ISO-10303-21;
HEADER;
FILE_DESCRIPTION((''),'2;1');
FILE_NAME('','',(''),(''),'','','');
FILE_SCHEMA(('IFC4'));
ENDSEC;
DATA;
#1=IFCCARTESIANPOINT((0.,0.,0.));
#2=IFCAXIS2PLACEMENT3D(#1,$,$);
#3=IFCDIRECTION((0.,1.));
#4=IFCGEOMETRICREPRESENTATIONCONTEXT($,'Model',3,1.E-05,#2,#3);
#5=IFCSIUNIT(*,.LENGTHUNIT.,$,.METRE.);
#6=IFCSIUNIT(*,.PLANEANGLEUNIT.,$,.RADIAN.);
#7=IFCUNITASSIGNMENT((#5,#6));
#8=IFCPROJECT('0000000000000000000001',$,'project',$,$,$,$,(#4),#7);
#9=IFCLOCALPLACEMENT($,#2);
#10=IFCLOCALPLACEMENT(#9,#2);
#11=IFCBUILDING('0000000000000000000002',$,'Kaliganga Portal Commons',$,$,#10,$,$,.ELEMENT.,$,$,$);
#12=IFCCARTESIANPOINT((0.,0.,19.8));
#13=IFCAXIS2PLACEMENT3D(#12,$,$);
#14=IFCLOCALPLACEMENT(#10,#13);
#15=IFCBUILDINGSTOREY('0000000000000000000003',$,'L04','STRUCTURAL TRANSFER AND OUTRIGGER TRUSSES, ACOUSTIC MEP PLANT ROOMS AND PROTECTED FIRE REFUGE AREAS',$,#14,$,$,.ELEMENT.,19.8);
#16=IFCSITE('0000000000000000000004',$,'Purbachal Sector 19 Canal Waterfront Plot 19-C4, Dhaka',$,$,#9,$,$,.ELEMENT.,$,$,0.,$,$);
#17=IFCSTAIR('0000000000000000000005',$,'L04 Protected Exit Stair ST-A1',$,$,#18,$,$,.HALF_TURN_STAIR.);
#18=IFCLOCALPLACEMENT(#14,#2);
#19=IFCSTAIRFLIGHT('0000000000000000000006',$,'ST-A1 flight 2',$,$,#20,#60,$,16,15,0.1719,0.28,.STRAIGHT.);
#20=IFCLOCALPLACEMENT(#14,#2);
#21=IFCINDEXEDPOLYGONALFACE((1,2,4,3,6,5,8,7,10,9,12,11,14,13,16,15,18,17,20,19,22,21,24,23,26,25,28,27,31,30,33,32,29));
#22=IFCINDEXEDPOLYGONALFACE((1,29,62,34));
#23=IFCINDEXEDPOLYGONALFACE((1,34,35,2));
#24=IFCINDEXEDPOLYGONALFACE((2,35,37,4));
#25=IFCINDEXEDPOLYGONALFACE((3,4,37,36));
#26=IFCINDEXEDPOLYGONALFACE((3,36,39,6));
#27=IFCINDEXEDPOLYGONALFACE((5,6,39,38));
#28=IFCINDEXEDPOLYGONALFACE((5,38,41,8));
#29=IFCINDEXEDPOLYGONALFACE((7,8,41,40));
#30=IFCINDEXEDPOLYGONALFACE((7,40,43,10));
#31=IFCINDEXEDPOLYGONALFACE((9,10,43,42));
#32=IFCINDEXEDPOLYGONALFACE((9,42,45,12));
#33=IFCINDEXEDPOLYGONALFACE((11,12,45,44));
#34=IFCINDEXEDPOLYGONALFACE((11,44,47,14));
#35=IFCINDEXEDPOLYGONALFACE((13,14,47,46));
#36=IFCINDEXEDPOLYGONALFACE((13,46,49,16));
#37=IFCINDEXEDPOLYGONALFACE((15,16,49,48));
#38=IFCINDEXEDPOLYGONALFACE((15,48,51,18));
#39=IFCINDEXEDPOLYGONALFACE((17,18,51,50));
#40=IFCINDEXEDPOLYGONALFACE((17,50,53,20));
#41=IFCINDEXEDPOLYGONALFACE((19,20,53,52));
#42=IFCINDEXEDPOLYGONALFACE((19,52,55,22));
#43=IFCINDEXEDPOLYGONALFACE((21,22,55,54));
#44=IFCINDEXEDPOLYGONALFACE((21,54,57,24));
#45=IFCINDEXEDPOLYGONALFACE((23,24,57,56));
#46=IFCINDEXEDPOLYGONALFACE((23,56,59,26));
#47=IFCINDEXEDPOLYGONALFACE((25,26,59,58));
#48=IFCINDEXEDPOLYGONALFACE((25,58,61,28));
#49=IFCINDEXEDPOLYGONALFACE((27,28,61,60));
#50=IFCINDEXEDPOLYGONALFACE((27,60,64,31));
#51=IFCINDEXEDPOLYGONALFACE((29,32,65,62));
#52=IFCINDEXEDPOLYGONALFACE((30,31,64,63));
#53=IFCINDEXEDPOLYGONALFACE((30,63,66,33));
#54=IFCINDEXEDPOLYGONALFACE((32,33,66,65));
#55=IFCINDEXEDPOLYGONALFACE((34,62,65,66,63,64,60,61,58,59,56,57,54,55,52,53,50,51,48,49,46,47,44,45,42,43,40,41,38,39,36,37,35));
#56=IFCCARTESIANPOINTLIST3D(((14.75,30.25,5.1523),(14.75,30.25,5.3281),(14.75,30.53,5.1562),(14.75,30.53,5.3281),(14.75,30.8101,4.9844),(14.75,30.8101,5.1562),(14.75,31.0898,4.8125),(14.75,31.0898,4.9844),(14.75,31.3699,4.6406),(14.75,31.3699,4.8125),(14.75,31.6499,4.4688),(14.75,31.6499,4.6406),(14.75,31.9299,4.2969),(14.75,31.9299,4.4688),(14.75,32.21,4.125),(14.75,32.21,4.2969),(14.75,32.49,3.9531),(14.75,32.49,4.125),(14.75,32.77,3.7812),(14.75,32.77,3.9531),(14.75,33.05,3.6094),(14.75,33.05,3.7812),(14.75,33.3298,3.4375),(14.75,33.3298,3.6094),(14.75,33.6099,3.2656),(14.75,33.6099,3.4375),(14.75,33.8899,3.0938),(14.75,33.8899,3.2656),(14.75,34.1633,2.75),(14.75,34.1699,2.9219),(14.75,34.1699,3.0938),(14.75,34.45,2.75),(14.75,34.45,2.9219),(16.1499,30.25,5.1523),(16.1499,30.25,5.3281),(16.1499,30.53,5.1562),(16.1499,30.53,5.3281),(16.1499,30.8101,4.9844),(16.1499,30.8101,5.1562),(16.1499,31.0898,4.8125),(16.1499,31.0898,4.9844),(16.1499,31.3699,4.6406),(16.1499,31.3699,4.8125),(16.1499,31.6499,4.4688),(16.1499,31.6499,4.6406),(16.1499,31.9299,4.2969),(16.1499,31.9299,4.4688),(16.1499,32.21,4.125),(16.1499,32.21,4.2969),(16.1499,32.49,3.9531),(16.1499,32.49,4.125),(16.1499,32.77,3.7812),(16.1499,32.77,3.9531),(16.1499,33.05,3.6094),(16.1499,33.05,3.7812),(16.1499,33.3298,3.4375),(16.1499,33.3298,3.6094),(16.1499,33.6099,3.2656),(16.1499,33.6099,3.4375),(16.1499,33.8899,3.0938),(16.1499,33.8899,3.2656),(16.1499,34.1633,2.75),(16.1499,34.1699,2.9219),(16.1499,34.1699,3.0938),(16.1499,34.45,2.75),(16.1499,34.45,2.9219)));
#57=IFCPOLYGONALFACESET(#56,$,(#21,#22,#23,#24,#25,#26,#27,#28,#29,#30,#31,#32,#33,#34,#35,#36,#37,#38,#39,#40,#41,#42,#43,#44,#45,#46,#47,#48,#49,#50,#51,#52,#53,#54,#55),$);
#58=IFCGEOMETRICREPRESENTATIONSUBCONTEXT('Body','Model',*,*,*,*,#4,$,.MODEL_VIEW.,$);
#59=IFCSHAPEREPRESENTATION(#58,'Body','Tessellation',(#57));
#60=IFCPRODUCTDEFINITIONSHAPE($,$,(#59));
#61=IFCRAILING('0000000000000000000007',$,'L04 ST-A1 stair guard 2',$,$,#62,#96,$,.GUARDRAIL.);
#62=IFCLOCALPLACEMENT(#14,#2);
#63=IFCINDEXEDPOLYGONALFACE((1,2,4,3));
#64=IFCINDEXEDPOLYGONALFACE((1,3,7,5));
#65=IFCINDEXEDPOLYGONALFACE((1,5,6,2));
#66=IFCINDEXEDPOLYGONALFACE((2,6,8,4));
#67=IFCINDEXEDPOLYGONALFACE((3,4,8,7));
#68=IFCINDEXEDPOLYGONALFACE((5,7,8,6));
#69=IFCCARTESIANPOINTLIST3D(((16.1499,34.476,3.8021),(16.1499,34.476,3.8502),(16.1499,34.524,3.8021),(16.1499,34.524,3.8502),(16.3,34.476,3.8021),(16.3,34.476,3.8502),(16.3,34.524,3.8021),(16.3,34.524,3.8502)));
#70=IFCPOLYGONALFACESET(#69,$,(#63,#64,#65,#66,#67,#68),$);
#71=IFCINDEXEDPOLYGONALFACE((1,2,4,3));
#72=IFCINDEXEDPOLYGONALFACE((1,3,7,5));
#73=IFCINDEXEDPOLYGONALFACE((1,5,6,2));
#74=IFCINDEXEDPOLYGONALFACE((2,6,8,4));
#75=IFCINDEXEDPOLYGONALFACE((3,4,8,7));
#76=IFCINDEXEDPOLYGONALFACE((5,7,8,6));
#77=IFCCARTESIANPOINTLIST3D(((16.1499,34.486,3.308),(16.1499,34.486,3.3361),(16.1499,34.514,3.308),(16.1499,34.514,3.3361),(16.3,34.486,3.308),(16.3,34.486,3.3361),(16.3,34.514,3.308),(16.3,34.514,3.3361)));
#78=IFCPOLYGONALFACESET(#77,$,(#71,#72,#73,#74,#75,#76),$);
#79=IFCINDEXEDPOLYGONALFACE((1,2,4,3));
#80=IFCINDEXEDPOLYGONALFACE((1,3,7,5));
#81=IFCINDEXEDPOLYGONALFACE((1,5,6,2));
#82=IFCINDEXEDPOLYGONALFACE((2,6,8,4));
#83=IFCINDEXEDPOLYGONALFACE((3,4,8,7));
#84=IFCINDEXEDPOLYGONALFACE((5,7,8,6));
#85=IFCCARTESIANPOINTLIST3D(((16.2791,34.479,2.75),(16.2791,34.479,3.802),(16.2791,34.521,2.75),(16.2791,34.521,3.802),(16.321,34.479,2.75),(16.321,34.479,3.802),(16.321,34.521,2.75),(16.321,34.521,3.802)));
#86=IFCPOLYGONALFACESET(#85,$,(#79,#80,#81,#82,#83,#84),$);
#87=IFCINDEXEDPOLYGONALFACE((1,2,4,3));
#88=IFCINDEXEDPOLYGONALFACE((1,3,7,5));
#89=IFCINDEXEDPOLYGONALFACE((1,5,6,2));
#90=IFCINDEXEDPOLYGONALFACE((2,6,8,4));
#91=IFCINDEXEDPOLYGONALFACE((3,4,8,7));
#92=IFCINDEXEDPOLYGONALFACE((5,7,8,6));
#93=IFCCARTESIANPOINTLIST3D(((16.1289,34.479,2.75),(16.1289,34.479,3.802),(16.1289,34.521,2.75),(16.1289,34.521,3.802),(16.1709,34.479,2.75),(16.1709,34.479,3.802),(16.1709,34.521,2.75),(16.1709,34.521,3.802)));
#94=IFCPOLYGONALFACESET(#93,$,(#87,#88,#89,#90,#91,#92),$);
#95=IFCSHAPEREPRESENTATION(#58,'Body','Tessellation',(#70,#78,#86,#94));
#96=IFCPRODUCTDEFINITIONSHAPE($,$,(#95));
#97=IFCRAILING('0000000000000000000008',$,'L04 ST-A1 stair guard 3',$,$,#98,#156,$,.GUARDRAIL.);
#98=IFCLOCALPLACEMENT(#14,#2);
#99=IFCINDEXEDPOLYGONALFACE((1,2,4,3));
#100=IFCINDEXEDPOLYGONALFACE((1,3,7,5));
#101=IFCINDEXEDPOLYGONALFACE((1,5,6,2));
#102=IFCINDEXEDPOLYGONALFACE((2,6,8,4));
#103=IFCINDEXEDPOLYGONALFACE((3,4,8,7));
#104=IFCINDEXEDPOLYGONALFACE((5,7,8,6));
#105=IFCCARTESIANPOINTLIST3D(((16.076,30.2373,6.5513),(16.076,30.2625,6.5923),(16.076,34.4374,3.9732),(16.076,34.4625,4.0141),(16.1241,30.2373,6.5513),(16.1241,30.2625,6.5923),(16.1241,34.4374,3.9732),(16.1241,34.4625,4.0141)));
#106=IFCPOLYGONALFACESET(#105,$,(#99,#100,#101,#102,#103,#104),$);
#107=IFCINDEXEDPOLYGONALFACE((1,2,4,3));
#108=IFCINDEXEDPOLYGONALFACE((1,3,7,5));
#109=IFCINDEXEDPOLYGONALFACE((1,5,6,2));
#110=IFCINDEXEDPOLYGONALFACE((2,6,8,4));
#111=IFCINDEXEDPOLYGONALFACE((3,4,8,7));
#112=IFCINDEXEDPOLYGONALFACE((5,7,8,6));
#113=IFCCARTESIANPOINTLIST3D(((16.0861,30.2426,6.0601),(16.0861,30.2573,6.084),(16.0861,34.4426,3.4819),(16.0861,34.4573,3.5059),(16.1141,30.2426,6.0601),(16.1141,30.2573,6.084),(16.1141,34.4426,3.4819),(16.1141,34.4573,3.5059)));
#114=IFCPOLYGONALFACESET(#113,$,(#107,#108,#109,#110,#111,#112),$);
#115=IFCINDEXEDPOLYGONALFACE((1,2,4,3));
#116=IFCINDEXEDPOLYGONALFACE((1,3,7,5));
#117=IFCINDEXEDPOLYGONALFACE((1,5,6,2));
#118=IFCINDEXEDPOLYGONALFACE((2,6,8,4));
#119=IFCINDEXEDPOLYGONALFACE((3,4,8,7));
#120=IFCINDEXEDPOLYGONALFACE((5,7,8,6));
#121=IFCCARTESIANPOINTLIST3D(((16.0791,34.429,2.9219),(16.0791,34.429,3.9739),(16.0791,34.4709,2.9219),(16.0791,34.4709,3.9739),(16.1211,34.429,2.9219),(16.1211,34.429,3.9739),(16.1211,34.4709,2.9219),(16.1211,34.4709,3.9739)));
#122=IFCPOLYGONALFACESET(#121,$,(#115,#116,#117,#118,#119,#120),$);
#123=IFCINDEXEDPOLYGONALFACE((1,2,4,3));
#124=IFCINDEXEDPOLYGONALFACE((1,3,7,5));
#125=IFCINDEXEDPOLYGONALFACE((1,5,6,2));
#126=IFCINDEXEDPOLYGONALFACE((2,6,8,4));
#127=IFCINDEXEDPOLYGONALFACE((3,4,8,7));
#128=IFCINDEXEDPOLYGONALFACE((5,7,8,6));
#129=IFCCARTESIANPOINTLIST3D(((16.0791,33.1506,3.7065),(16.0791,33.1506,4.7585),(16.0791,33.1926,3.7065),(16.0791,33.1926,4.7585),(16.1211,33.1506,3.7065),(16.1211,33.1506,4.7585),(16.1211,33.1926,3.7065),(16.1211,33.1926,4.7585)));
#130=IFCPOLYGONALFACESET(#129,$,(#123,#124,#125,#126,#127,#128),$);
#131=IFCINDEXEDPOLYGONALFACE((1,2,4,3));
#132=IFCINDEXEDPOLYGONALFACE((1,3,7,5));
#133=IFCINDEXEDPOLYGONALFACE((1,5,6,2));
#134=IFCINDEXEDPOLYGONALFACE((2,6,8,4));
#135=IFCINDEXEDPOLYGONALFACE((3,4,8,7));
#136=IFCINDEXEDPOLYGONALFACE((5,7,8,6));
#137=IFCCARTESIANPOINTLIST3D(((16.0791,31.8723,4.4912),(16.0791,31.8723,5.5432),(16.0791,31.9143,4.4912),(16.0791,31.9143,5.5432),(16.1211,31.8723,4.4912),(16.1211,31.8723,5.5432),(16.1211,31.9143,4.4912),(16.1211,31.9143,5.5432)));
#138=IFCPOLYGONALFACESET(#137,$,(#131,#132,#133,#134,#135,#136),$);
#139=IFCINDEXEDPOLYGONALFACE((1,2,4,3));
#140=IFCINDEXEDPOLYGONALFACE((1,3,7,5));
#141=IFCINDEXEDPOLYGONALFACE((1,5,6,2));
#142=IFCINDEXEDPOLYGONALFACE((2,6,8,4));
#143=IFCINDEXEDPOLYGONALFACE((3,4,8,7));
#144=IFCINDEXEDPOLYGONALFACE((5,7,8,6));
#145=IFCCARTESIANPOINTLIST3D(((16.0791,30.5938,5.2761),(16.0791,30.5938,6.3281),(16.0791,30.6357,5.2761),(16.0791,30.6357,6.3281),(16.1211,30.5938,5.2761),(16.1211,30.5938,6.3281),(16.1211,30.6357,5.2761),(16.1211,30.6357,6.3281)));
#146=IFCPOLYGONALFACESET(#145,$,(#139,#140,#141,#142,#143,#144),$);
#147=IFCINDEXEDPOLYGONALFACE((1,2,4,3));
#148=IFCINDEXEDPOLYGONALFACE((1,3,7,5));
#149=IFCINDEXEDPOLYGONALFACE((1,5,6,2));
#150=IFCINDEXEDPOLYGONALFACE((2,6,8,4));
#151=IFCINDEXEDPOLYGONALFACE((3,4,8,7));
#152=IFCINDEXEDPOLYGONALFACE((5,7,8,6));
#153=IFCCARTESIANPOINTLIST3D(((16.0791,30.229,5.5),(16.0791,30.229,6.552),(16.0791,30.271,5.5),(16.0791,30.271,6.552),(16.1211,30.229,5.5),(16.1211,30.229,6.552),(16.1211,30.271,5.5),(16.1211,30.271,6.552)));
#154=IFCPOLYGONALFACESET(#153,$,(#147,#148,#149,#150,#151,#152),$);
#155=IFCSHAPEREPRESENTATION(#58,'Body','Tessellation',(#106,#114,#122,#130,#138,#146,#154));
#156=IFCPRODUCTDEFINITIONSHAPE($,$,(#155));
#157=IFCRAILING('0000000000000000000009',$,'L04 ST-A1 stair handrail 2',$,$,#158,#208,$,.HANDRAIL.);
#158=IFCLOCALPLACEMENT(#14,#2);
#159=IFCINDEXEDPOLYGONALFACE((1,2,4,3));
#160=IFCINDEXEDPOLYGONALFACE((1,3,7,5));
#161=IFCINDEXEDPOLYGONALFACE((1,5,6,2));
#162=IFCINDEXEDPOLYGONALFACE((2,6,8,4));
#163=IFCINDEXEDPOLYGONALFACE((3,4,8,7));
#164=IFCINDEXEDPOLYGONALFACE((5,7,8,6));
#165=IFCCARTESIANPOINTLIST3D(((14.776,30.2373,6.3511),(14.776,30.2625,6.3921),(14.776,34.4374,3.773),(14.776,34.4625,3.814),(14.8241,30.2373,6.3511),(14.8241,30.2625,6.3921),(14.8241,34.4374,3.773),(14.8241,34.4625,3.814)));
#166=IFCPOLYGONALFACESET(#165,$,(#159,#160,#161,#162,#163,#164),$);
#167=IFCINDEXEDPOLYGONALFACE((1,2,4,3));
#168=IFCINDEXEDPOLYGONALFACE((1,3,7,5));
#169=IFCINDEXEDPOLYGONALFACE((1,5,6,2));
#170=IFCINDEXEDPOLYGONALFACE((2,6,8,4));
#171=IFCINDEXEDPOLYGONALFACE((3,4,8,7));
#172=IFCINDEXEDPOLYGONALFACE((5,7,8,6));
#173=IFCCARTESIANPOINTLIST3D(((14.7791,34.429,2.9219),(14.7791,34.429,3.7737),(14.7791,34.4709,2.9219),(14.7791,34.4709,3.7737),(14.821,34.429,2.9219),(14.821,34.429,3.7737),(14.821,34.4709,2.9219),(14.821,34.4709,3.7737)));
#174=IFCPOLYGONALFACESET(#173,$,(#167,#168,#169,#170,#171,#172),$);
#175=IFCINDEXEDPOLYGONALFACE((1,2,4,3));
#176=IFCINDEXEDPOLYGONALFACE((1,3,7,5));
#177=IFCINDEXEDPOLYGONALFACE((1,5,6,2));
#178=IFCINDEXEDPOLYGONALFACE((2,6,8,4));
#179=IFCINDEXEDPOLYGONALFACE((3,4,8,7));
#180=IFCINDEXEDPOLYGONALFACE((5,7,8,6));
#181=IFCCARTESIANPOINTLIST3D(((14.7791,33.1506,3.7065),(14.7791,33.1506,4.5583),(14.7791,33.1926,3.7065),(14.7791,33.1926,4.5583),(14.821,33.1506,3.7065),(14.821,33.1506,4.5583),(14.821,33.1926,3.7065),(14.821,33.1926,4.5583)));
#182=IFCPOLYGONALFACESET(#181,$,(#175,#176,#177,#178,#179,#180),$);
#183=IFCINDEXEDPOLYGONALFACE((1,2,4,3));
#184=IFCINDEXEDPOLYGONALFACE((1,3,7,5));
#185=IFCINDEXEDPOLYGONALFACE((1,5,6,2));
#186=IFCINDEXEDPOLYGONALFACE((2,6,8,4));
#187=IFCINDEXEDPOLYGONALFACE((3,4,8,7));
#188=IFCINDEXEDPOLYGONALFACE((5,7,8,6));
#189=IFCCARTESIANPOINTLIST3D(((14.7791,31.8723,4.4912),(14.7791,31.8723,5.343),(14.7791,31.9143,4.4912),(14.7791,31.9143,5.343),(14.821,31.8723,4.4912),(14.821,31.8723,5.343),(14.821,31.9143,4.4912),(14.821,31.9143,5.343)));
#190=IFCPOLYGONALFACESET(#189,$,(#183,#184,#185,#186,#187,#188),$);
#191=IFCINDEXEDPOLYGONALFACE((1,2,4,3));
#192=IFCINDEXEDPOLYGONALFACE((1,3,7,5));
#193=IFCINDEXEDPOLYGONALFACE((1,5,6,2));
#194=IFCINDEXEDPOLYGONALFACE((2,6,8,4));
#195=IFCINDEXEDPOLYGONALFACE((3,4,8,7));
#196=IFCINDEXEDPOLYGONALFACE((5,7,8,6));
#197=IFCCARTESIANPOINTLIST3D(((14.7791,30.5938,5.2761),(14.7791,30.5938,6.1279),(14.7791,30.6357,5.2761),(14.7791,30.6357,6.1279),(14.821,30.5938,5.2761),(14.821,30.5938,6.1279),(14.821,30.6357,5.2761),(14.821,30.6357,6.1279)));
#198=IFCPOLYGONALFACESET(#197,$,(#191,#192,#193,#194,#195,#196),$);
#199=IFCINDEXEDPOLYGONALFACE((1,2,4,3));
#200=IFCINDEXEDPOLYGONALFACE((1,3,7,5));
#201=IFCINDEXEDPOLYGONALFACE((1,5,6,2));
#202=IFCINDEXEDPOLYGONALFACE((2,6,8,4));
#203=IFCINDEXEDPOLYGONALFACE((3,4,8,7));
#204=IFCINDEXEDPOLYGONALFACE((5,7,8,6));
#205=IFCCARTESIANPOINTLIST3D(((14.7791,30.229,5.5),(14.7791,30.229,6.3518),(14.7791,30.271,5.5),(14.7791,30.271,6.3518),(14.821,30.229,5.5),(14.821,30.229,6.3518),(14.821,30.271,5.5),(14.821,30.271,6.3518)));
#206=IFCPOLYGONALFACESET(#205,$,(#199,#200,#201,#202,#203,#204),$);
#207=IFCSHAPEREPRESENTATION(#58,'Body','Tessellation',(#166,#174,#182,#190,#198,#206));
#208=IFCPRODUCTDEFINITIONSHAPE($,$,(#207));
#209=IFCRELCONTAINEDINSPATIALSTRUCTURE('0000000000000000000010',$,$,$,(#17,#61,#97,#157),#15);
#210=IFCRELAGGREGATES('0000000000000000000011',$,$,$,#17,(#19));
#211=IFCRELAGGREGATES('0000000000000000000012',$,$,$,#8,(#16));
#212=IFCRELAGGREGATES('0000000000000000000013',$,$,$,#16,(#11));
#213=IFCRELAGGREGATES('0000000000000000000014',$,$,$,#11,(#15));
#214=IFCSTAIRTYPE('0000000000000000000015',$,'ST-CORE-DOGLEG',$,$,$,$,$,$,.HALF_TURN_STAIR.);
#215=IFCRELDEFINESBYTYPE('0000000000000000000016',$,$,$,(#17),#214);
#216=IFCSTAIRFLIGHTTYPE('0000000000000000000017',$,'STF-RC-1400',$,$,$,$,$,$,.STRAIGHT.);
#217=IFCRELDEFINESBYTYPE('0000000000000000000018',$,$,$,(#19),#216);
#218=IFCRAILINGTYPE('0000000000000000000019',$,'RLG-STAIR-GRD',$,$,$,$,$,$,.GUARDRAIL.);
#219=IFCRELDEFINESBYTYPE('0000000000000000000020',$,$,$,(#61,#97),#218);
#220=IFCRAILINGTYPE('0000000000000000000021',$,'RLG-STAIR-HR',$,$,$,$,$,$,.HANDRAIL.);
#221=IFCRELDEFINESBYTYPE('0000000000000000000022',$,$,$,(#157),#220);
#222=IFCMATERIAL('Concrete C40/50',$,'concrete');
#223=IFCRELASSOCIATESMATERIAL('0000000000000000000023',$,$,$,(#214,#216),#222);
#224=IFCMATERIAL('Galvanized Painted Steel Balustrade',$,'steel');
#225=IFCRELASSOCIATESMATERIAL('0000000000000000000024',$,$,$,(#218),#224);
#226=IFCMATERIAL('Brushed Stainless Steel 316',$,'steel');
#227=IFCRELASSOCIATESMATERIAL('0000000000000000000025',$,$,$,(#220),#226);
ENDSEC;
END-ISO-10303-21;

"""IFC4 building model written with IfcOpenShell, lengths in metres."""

from ifc_helpers import new_model, si_unit, direction, frame, origin, origin_2d, place, context, subcontext, project, spatial, polyline, rectangle, outline, extrude, material, type_object, element, aggregate, save


model = new_model("IFC4")

# Units and contexts
model_context = context("Model", 3, precision=1e-05, world=origin(), true_north=direction((0.0, 1.0)))
body_context = subcontext(model_context, "Body", "Model", "MODEL_VIEW")
ifc_project = project(units=[si_unit("LENGTHUNIT", "METRE"), si_unit("PLANEANGLEUNIT", "RADIAN")], contexts=[model_context])

# Site, building, storey
site_placement = place(None, origin())
site = spatial("IfcSite", under=ifc_project, at=site_placement, Name="Purbachal Sector 19 Canal Waterfront Plot 19-C4, Dhaka", CompositionType="ELEMENT", RefElevation=0.0)
building_placement = place(site_placement, origin())
building = spatial("IfcBuilding", under=site, at=building_placement, Name="Kaliganga Portal Commons", CompositionType="ELEMENT")
storey_placement = place(building_placement, frame((0.0, 0.0, 19.8)))
storey = spatial("IfcBuildingStorey", under=building, at=storey_placement, Name="L04", Description="STRUCTURAL TRANSFER AND OUTRIGGER TRUSSES, ACOUSTIC MEP PLANT ROOMS AND PROTECTED FIRE REFUGE AREAS", CompositionType="ELEMENT", Elevation=19.8)

# Stair, stair flight
ifc_material_1 = material(Name="Concrete C40/50", Category="concrete")
stair_type = type_object("IfcStairType", Name="ST-CORE-DOGLEG", PredefinedType="HALF_TURN_STAIR", material=ifc_material_1)
stair_placement = place(storey_placement, origin())
stair = element("IfcStair", 1, at=stair_placement, inside=storey, type_object=stair_type, Name="L04 Protected Exit Stair ST-A1", PredefinedType="HALF_TURN_STAIR")
stair_flight_type = type_object("IfcStairFlightType", Name="STF-RC-1400", PredefinedType="STRAIGHT", material=ifc_material_1)
stair_flight_placement = place(storey_placement, frame((15.45, 34.45, 2.75), z_axis=(0.0, 0.0, 1.0), x_axis=(0.0, -1.0, 0.0)))
stair_flight = element("IfcStairFlight", 2, at=stair_flight_placement, type_object=stair_flight_type, Name="ST-A1 flight 2", NumberOfRisers=16, NumberOfTreads=15, PredefinedType="STRAIGHT", RiserHeight=0.1719, TreadLength=0.28, context=body_context, shape_type="SweptSolid", body=[
    extrude(outline(polyline([(0.0, 0.0), (0.0, 0.1719), (0.28, 0.1719), (0.28, 0.3438), (0.5601, 0.3438), (0.5601, 0.5156), (0.8401, 0.5156), (0.8401, 0.6875), (1.1201, 0.6875), (1.1201, 0.8594), (1.3999, 0.8594), (1.3999, 1.0312), (1.6799, 1.0312), (1.6799, 1.2031), (1.96, 1.2031), (1.96, 1.375), (2.24, 1.375), (2.24, 1.5469), (2.52, 1.5469), (2.52, 1.7188), (2.8, 1.7188), (2.8, 1.8906), (3.0801, 1.8906), (3.0801, 2.0625), (3.3601, 2.0625), (3.3601, 2.2344), (3.6399, 2.2344), (3.6399, 2.4062), (3.9199, 2.4062), (3.9199, 2.5781), (4.2, 2.5781), (4.2, 2.75), (4.2, 2.4023), (0.2866, 0.0), (0.0, 0.0)])), frame((0.0, 0.7, 0.0), z_axis=(0.0, -1.0, 0.0), x_axis=(1.0, 0.0, 0.0)), (0.0, 0.0, 1.0), 1.3999),
])
aggregate(stair, [stair_flight])

# Railings
ifc_material_2 = material(Name="Galvanized Painted Steel Balustrade", Category="steel")
railing_type_1 = type_object("IfcRailingType", Name="RLG-STAIR-GRD", PredefinedType="GUARDRAIL", material=ifc_material_2)
railing_1_placement = place(storey_placement, frame((16.3, 34.5, 2.75)))
element("IfcRailing", 3, at=railing_1_placement, inside=storey, type_object=railing_type_1, Name="L04 ST-A1 stair guard 2", PredefinedType="GUARDRAIL", context=body_context, shape_type="SweptSolid", body=[
    extrude(rectangle(XDim=0.0481, YDim=0.0481, at=origin_2d()), frame((0.0, 0.0, 1.0762), z_axis=(-1.0, 0.0, 0.0), x_axis=(0.0, -1.0, 0.0)), (0.0, 0.0, 1.0), 0.1501),
    extrude(rectangle(XDim=0.0281, YDim=0.0281, at=origin_2d()), frame((0.0, 0.0, 0.572), z_axis=(-1.0, 0.0, 0.0), x_axis=(0.0, -1.0, 0.0)), (0.0, 0.0, 1.0), 0.1501),
    extrude(rectangle(XDim=0.042, YDim=0.042, at=origin_2d()), origin(), (0.0, 0.0, 1.0), 1.052),
    extrude(rectangle(XDim=0.042, YDim=0.042, at=origin_2d()), frame((-0.1501, 0.0, 0.0)), (0.0, 0.0, 1.0), 1.052),
])
railing_2_placement = place(storey_placement, frame((16.1001, 34.45, 2.9219)))
element("IfcRailing", 4, at=railing_2_placement, inside=storey, type_object=railing_type_1, Name="L04 ST-A1 stair guard 3", PredefinedType="GUARDRAIL", context=body_context, shape_type="SweptSolid", body=[
    extrude(rectangle(XDim=0.0481, YDim=0.0481, at=origin_2d()), frame((0.0, 0.0, 1.0718), z_axis=(0.0, -0.852243, 0.523146), x_axis=(1.0, 0.0, 0.0)), (0.0, 0.0, 1.0), 4.9282),
    extrude(rectangle(XDim=0.0281, YDim=0.0281, at=origin_2d()), frame((0.0, 0.0, 0.572), z_axis=(0.0, -0.852243, 0.523146), x_axis=(1.0, 0.0, 0.0)), (0.0, 0.0, 1.0), 4.9282),
    extrude(rectangle(XDim=0.042, YDim=0.042, at=origin_2d()), origin(), (0.0, 0.0, 1.0), 1.052),
    extrude(rectangle(XDim=0.042, YDim=0.042, at=origin_2d()), frame((0.0, -1.2783, 0.7847)), (0.0, 0.0, 1.0), 1.052),
    extrude(rectangle(XDim=0.042, YDim=0.042, at=origin_2d()), frame((0.0, -2.5566, 1.5693)), (0.0, 0.0, 1.0), 1.052),
    extrude(rectangle(XDim=0.042, YDim=0.042, at=origin_2d()), frame((0.0, -3.8352, 2.3542)), (0.0, 0.0, 1.0), 1.052),
    extrude(rectangle(XDim=0.042, YDim=0.042, at=origin_2d()), frame((0.0, -4.2, 2.5781)), (0.0, 0.0, 1.0), 1.052),
])
ifc_material_3 = material(Name="Brushed Stainless Steel 316", Category="steel")
railing_type_2 = type_object("IfcRailingType", Name="RLG-STAIR-HR", PredefinedType="HANDRAIL", material=ifc_material_3)
railing_3_placement = place(storey_placement, frame((14.8, 34.45, 2.9219)))
element("IfcRailing", 5, at=railing_3_placement, inside=storey, type_object=railing_type_2, Name="L04 ST-A1 stair handrail 2", PredefinedType="HANDRAIL", context=body_context, shape_type="SweptSolid", body=[
    extrude(rectangle(XDim=0.0481, YDim=0.0481, at=origin_2d()), frame((0.0, 0.0, 0.8716), z_axis=(0.0, -0.852243, 0.523146), x_axis=(1.0, 0.0, 0.0)), (0.0, 0.0, 1.0), 4.9282),
    extrude(rectangle(XDim=0.042, YDim=0.042, at=origin_2d()), origin(), (0.0, 0.0, 1.0), 0.8518),
    extrude(rectangle(XDim=0.042, YDim=0.042, at=origin_2d()), frame((0.0, -1.2783, 0.7847)), (0.0, 0.0, 1.0), 0.8518),
    extrude(rectangle(XDim=0.042, YDim=0.042, at=origin_2d()), frame((0.0, -2.5566, 1.5693)), (0.0, 0.0, 1.0), 0.8518),
    extrude(rectangle(XDim=0.042, YDim=0.042, at=origin_2d()), frame((0.0, -3.8352, 2.3542)), (0.0, 0.0, 1.0), 0.8518),
    extrude(rectangle(XDim=0.042, YDim=0.042, at=origin_2d()), frame((0.0, -4.2, 2.5781)), (0.0, 0.0, 1.0), 0.8518),
])

save(model, "model.ifc")
